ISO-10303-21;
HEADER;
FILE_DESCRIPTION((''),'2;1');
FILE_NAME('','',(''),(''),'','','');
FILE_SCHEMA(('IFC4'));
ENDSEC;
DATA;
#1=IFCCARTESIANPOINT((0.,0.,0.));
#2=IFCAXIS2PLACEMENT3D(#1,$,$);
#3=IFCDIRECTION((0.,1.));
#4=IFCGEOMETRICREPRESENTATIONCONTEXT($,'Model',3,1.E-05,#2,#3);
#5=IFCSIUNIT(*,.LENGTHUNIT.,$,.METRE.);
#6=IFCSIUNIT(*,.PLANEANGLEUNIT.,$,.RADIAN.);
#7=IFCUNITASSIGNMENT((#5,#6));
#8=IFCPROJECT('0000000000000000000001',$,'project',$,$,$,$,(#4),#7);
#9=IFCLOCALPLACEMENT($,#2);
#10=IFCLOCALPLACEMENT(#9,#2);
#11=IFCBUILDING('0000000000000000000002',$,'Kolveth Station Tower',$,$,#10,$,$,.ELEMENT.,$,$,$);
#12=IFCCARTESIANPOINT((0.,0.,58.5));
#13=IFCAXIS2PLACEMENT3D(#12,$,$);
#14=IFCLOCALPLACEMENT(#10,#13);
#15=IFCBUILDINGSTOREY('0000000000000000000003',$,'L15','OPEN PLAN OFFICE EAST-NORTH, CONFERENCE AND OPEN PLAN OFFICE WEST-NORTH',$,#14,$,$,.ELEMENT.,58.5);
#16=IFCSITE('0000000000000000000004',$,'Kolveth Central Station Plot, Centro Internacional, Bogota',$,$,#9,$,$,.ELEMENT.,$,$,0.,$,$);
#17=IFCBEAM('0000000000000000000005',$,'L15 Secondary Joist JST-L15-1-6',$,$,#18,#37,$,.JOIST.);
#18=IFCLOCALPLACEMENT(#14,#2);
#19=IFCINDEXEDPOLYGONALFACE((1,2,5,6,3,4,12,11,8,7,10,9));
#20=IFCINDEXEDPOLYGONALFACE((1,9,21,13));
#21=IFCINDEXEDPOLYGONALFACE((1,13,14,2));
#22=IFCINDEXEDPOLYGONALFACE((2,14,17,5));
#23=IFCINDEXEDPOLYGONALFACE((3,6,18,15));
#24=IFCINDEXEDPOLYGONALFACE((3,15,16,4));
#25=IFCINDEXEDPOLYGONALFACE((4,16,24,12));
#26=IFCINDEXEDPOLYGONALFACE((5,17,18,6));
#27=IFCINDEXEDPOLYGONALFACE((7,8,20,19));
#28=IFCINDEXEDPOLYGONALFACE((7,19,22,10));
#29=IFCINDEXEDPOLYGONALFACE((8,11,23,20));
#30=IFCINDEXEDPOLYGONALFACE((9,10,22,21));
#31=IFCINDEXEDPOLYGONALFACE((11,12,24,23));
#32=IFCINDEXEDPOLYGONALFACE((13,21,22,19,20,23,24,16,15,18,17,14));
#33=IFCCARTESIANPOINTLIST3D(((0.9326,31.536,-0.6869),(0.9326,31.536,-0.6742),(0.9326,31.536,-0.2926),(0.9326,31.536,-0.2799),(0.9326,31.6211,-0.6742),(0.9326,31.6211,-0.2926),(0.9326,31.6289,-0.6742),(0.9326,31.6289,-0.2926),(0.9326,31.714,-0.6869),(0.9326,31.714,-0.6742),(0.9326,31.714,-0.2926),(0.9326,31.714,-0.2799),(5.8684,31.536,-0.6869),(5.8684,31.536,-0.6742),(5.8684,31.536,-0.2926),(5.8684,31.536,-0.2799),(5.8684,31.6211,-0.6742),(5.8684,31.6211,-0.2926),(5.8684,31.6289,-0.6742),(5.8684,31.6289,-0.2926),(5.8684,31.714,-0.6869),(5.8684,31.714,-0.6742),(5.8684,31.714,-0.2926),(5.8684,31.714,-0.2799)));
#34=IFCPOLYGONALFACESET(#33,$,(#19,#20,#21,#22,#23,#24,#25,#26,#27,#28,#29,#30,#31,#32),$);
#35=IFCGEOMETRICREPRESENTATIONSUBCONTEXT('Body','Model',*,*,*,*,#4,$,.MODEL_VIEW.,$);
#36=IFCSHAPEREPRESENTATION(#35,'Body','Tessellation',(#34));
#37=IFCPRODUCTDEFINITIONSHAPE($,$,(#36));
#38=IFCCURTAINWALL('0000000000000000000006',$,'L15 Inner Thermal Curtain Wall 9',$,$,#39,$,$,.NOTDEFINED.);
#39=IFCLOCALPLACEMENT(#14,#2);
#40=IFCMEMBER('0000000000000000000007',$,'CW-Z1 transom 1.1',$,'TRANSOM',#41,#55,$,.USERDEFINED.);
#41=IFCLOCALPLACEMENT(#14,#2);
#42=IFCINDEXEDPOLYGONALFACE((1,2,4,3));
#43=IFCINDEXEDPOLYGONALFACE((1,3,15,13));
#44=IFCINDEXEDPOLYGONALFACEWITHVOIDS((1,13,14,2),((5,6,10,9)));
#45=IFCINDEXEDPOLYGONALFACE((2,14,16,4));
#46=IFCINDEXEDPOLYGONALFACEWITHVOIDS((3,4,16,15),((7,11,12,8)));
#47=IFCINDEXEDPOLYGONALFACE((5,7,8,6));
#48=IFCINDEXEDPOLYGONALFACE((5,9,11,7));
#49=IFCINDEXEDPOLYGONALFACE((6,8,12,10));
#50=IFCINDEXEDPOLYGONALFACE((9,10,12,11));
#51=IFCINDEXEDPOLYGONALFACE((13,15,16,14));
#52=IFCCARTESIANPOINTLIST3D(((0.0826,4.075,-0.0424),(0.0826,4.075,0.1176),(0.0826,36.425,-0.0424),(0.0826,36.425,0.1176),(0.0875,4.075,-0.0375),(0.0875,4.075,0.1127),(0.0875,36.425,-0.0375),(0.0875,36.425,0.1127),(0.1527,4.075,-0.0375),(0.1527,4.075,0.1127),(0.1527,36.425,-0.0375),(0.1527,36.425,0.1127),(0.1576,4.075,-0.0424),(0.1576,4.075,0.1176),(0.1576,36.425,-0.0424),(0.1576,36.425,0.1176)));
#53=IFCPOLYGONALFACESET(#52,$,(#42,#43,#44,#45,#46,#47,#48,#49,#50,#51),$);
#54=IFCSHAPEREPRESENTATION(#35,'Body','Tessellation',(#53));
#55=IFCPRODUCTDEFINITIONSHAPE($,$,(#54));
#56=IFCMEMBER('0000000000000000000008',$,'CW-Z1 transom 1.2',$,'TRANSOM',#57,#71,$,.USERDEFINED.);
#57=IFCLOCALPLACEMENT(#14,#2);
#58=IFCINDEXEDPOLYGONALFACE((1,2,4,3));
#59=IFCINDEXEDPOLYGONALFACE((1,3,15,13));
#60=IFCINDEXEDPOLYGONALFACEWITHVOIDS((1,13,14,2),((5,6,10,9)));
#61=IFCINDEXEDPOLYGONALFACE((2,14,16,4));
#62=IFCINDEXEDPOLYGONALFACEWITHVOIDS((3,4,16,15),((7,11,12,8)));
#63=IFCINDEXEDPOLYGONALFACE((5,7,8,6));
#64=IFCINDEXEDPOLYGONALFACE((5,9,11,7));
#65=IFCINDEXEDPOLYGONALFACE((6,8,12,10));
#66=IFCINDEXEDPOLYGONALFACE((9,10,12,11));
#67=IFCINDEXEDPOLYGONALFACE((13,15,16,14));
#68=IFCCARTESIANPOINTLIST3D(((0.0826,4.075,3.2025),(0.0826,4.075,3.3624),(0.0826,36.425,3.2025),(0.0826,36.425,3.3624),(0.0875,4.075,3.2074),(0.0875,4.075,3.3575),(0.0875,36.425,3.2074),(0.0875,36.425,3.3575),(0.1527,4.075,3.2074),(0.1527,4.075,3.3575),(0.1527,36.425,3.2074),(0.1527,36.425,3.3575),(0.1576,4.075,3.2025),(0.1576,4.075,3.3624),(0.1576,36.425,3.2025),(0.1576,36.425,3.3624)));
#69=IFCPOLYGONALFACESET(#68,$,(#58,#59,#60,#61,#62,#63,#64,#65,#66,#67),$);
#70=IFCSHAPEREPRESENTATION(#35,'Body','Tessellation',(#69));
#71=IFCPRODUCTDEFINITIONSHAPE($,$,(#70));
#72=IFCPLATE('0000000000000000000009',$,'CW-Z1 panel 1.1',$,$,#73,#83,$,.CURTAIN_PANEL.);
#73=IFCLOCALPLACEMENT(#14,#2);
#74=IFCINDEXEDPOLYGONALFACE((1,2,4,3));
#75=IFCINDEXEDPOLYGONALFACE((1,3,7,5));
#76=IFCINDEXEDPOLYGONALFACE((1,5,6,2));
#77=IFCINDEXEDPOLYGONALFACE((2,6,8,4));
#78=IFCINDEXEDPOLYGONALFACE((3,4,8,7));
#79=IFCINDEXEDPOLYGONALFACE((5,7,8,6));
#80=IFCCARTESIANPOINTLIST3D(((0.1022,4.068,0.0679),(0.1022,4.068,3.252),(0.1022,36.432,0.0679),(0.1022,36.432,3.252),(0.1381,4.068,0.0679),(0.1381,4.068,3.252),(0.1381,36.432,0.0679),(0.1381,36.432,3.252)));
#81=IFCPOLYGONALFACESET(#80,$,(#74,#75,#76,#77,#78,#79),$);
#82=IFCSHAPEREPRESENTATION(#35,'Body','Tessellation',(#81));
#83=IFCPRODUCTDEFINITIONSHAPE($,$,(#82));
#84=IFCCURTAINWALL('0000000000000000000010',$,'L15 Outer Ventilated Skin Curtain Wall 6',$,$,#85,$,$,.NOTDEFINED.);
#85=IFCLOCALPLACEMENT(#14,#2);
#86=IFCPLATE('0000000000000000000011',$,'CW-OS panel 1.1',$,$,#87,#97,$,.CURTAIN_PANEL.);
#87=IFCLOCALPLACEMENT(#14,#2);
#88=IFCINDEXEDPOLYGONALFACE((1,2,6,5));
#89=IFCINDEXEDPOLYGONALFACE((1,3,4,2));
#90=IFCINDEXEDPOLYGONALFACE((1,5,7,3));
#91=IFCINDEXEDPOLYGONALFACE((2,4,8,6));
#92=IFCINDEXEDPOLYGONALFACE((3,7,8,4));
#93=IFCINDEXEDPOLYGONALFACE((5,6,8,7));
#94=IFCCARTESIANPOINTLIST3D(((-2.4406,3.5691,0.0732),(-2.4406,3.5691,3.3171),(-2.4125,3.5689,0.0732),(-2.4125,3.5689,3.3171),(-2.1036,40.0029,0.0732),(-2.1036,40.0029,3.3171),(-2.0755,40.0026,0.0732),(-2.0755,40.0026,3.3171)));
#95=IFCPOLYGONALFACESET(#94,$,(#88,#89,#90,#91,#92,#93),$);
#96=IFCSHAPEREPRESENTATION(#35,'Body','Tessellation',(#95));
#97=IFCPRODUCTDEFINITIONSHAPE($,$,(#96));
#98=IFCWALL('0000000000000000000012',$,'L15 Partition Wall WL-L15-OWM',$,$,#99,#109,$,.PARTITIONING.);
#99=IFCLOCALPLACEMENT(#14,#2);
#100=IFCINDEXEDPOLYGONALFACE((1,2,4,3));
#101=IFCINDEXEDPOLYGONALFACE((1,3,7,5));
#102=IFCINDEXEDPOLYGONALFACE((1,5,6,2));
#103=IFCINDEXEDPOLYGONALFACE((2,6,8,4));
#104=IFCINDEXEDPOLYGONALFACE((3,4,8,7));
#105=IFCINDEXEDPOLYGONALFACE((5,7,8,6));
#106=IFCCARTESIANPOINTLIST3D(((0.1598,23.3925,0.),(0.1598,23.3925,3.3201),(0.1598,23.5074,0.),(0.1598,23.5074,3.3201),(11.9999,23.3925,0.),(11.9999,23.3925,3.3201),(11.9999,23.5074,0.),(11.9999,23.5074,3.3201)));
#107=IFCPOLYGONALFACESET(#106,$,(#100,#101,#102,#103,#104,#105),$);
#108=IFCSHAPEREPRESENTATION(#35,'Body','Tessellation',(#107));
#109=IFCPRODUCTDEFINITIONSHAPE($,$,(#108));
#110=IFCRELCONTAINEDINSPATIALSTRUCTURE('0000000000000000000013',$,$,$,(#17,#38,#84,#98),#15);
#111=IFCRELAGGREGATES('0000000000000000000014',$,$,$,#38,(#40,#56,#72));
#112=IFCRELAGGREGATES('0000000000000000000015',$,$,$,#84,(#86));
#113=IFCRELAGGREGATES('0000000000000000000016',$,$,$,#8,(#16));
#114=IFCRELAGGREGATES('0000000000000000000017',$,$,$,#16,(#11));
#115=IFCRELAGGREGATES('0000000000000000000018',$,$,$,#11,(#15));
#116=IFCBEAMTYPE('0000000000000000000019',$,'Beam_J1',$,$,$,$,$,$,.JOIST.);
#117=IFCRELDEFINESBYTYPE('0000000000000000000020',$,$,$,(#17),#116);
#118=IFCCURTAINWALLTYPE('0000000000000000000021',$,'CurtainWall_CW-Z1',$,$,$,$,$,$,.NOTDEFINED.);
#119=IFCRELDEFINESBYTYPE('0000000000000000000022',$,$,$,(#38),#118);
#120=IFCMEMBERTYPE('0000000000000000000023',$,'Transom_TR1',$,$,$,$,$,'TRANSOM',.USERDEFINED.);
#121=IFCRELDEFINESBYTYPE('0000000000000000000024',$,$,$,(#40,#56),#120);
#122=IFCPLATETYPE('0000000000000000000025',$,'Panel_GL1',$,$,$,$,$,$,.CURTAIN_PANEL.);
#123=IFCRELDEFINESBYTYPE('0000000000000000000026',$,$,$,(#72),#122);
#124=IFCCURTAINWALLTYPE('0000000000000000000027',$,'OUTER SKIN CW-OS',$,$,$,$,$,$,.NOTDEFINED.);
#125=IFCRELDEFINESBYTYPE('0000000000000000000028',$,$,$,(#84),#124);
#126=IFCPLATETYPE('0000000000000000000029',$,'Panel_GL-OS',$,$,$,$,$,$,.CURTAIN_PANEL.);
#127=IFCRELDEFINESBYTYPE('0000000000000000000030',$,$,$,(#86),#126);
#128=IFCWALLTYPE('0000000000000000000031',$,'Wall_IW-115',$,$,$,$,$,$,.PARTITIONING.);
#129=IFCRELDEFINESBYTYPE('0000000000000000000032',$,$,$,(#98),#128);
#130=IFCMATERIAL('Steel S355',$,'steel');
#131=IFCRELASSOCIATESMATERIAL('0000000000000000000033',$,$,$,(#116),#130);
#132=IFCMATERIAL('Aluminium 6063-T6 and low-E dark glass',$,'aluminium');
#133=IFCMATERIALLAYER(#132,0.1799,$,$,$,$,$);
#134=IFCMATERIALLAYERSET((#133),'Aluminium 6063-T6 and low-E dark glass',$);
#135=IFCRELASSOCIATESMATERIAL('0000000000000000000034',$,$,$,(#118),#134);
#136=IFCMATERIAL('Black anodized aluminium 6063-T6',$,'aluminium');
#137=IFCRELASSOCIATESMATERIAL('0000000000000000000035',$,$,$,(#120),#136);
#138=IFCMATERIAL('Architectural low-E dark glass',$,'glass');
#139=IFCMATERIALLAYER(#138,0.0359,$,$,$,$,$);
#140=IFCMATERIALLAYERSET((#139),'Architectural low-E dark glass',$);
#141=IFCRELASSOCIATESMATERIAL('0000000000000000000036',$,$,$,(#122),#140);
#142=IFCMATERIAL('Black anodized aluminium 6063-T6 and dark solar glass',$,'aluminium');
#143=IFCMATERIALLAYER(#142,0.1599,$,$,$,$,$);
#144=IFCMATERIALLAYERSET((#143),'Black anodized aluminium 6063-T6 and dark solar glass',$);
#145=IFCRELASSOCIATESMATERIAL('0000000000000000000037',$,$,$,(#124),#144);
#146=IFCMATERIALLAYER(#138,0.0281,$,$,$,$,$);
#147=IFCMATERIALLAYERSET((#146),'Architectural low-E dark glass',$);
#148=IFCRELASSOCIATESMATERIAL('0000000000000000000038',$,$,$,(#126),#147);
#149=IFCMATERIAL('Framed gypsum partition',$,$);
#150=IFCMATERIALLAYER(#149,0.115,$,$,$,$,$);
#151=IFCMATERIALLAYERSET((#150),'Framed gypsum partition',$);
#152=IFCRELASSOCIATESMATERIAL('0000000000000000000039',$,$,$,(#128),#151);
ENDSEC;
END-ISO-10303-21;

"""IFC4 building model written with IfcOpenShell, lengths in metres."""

from ifc_helpers import new_model, si_unit, direction, frame, frame_2d, origin, origin_2d, place, context, subcontext, project, spatial, rectangle, hollow_rectangle, i_section, extrude, source, transform, mapped, material, layer, layer_set, material_profile, profile_set, type_object, element, aggregate, save


model = new_model("IFC4")

# Units and contexts
model_context = context("Model", 3, precision=1e-05, world=origin(), true_north=direction((0.0, 1.0)))
body_context = subcontext(model_context, "Body", "Model", "MODEL_VIEW")
ifc_project = project(units=[si_unit("LENGTHUNIT", "METRE"), si_unit("PLANEANGLEUNIT", "RADIAN")], contexts=[model_context])

# Site, building, storey
site_placement = place(None, origin())
site = spatial("IfcSite", under=ifc_project, at=site_placement, Name="Kolveth Central Station Plot, Centro Internacional, Bogota", CompositionType="ELEMENT", RefElevation=0.0)
building_placement = place(site_placement, origin())
building = spatial("IfcBuilding", under=site, at=building_placement, Name="Kolveth Station Tower", CompositionType="ELEMENT")
storey_placement = place(building_placement, frame((0.0, 0.0, 58.5)))
storey = spatial("IfcBuildingStorey", under=building, at=storey_placement, Name="L15", Description="OPEN PLAN OFFICE EAST-NORTH, CONFERENCE AND OPEN PLAN OFFICE WEST-NORTH", CompositionType="ELEMENT", Elevation=58.5)

# Shared definitions
ifc_material_1 = material(Name="Steel S355", Category="steel")

# Beam
ifc_material_profile_1 = material_profile(ifc_material_1, i_section(OverallWidth=0.178, OverallDepth=0.407, WebThickness=0.0078, FlangeThickness=0.0127, at=origin_2d()), Name="W410x60")
ifc_profile_set_1 = profile_set([ifc_material_profile_1], Name="Steel S355")
beam_type_1 = type_object("IfcBeamType", Name="Beam_J1", PredefinedType="JOIST", material=ifc_profile_set_1)
shared_shape_1 = source(origin(), body_context, "Body", "SweptSolid", [
    extrude(i_section(OverallWidth=0.178, OverallDepth=0.407, WebThickness=0.0078, FlangeThickness=0.0127, at=origin_2d()), origin(), (0.0, 0.0, 1.0), 4.9358),
])
for number, where, z_axis, x_axis, name in (
    (1, (0.9326, 31.625, -0.4834), (1.0, 0.0, 0.0), (0.0, 1.0, 0.0), "L15 Secondary Joist JST-L15-1-6"),
):
    element("IfcBeam", number, at=place(storey_placement, frame(where, z_axis=z_axis, x_axis=x_axis)), inside=storey, type_object=beam_type_1, Name=name, PredefinedType="JOIST", context=body_context, shape_type="MappedRepresentation", body=[
        mapped(shared_shape_1, transform((0.0, 0.0, 0.0), x_axis=(1.0, 0.0, 0.0), y_axis=(0.0, 1.0, 0.0), z_axis=(0.0, 0.0, 1.0), scale=1.0)),
    ])

# Curtain wall, members, plate
ifc_material_2 = material(Name="Aluminium 6063-T6 and low-E dark glass", Category="aluminium")
ifc_layer_1 = layer(ifc_material_2, 0.1799)
ifc_layer_set_1 = layer_set([ifc_layer_1], Name="Aluminium 6063-T6 and low-E dark glass")
curtain_wall_type_1 = type_object("IfcCurtainWallType", Name="CurtainWall_CW-Z1", PredefinedType="NOTDEFINED", material=ifc_layer_set_1)
curtain_wall_1_placement = place(storey_placement, origin())
curtain_wall_1 = element("IfcCurtainWall", 2, at=curtain_wall_1_placement, inside=storey, type_object=curtain_wall_type_1, Name="L15 Inner Thermal Curtain Wall 9", PredefinedType="NOTDEFINED")
ifc_material_3 = material(Name="Black anodized aluminium 6063-T6", Category="aluminium")
ifc_material_profile_2 = material_profile(ifc_material_3, hollow_rectangle(XDim=0.075, YDim=0.1599, WallThickness=0.0049, at=origin_2d()), Name="ALU-75x160x5")
ifc_profile_set_2 = profile_set([ifc_material_profile_2], Name="Black anodized aluminium 6063-T6")
member_type = type_object("IfcMemberType", Name="Transom_TR1", ElementType="TRANSOM", PredefinedType="USERDEFINED", material=ifc_profile_set_2)
shared_shape_2 = source(origin(), body_context, "Body", "SweptSolid", [
    extrude(hollow_rectangle(XDim=0.075, YDim=0.1599, WallThickness=0.0049, at=origin_2d()), origin(), (0.0, 0.0, 1.0), 32.3501),
])
member_1_placement = place(storey_placement, frame((0.1201, 36.425, 0.0376), z_axis=(0.0, -1.0, 0.0), x_axis=(1.0, 0.0, 0.0)))
member_1 = element("IfcMember", 3, at=member_1_placement, type_object=member_type, Name="CW-Z1 transom 1.1", ObjectType="TRANSOM", PredefinedType="USERDEFINED", context=body_context, shape_type="MappedRepresentation", body=[
    mapped(shared_shape_2, transform((0.0, 0.0, 0.0), x_axis=(1.0, 0.0, 0.0), y_axis=(0.0, 1.0, 0.0), z_axis=(0.0, 0.0, 1.0), scale=1.0)),
])
member_2_placement = place(storey_placement, frame((0.1201, 36.425, 3.2825), z_axis=(0.0, -1.0, 0.0), x_axis=(1.0, 0.0, 0.0)))
member_2 = element("IfcMember", 4, at=member_2_placement, type_object=member_type, Name="CW-Z1 transom 1.2", ObjectType="TRANSOM", PredefinedType="USERDEFINED", context=body_context, shape_type="MappedRepresentation", body=[
    mapped(shared_shape_2, transform((0.0, 0.0, 0.0), x_axis=(1.0, 0.0, 0.0), y_axis=(0.0, 1.0, 0.0), z_axis=(0.0, 0.0, 1.0), scale=1.0)),
])
ifc_material_4 = material(Name="Architectural low-E dark glass", Category="glass")
ifc_layer_2 = layer(ifc_material_4, 0.0359)
ifc_layer_set_2 = layer_set([ifc_layer_2], Name="Architectural low-E dark glass")
plate_type_1 = type_object("IfcPlateType", Name="Panel_GL1", PredefinedType="CURTAIN_PANEL", material=ifc_layer_set_2)
shared_shape_3 = source(origin(), body_context, "Body", "SweptSolid", [
    extrude(rectangle(XDim=32.364, YDim=0.0359, at=origin_2d()), origin(), (0.0, 0.0, 1.0), 3.1841),
])
plate_1_placement = place(storey_placement, frame((0.1201, 20.25, 0.0679), z_axis=(0.0, 0.0, 1.0), x_axis=(0.0, -1.0, 0.0)))
plate_1 = element("IfcPlate", 5, at=plate_1_placement, type_object=plate_type_1, Name="CW-Z1 panel 1.1", PredefinedType="CURTAIN_PANEL", context=body_context, shape_type="MappedRepresentation", body=[
    mapped(shared_shape_3, transform((0.0, 0.0, 0.0), x_axis=(1.0, 0.0, 0.0), y_axis=(0.0, 1.0, 0.0), z_axis=(0.0, 0.0, 1.0), scale=1.0)),
])
aggregate(curtain_wall_1, [member_1, member_2, plate_1])

# Curtain wall, plate
ifc_material_5 = material(Name="Black anodized aluminium 6063-T6 and dark solar glass", Category="aluminium")
ifc_layer_3 = layer(ifc_material_5, 0.1599)
ifc_layer_set_3 = layer_set([ifc_layer_3], Name="Black anodized aluminium 6063-T6 and dark solar glass")
curtain_wall_type_2 = type_object("IfcCurtainWallType", Name="OUTER SKIN CW-OS", PredefinedType="NOTDEFINED", material=ifc_layer_set_3)
curtain_wall_2_placement = place(storey_placement, origin())
curtain_wall_2 = element("IfcCurtainWall", 6, at=curtain_wall_2_placement, inside=storey, type_object=curtain_wall_type_2, Name="L15 Outer Ventilated Skin Curtain Wall 6", PredefinedType="NOTDEFINED")
ifc_layer_4 = layer(ifc_material_4, 0.0281)
ifc_layer_set_4 = layer_set([ifc_layer_4], Name="Architectural low-E dark glass")
plate_type_2 = type_object("IfcPlateType", Name="Panel_GL-OS", PredefinedType="CURTAIN_PANEL", material=ifc_layer_set_4)
shared_shape_4 = source(origin(), body_context, "Body", "SweptSolid", [
    extrude(rectangle(XDim=36.4353, YDim=0.0281, at=origin_2d()), origin(), (0.0, 0.0, 1.0), 3.2439),
])
plate_2_placement = place(storey_placement, frame((-2.2581, 21.7859, 0.0732), z_axis=(0.0, 0.0, 1.0), x_axis=(-0.009248, -0.999957, 0.0)))
plate_2 = element("IfcPlate", 7, at=plate_2_placement, type_object=plate_type_2, Name="CW-OS panel 1.1", PredefinedType="CURTAIN_PANEL", context=body_context, shape_type="MappedRepresentation", body=[
    mapped(shared_shape_4, transform((0.0, 0.0, 0.0), x_axis=(1.0, 0.0, 0.0), y_axis=(0.0, 1.0, 0.0), z_axis=(0.0, 0.0, 1.0), scale=1.0)),
])
aggregate(curtain_wall_2, [plate_2])

# Wall
ifc_material_6 = material(Name="Framed gypsum partition")
ifc_layer_5 = layer(ifc_material_6, 0.115)
ifc_layer_set_5 = layer_set([ifc_layer_5], Name="Framed gypsum partition")
wall_type = type_object("IfcWallType", Name="Wall_IW-115", PredefinedType="PARTITIONING", material=ifc_layer_set_5)
wall_placement = place(storey_placement, frame((0.1599, 23.45, 0.0), z_axis=(0.0, 0.0, 1.0), x_axis=(1.0, 0.0, 0.0)))
element("IfcWall", 8, at=wall_placement, inside=storey, type_object=wall_type, Name="L15 Partition Wall WL-L15-OWM", PredefinedType="PARTITIONING", context=body_context, shape_type="SweptSolid", body=[
    extrude(rectangle(XDim=11.8401, YDim=0.115, at=frame_2d((5.9199, 0.0))), origin(), (0.0, 0.0, 1.0), 3.3201),
])

save(model, "model.ifc")
